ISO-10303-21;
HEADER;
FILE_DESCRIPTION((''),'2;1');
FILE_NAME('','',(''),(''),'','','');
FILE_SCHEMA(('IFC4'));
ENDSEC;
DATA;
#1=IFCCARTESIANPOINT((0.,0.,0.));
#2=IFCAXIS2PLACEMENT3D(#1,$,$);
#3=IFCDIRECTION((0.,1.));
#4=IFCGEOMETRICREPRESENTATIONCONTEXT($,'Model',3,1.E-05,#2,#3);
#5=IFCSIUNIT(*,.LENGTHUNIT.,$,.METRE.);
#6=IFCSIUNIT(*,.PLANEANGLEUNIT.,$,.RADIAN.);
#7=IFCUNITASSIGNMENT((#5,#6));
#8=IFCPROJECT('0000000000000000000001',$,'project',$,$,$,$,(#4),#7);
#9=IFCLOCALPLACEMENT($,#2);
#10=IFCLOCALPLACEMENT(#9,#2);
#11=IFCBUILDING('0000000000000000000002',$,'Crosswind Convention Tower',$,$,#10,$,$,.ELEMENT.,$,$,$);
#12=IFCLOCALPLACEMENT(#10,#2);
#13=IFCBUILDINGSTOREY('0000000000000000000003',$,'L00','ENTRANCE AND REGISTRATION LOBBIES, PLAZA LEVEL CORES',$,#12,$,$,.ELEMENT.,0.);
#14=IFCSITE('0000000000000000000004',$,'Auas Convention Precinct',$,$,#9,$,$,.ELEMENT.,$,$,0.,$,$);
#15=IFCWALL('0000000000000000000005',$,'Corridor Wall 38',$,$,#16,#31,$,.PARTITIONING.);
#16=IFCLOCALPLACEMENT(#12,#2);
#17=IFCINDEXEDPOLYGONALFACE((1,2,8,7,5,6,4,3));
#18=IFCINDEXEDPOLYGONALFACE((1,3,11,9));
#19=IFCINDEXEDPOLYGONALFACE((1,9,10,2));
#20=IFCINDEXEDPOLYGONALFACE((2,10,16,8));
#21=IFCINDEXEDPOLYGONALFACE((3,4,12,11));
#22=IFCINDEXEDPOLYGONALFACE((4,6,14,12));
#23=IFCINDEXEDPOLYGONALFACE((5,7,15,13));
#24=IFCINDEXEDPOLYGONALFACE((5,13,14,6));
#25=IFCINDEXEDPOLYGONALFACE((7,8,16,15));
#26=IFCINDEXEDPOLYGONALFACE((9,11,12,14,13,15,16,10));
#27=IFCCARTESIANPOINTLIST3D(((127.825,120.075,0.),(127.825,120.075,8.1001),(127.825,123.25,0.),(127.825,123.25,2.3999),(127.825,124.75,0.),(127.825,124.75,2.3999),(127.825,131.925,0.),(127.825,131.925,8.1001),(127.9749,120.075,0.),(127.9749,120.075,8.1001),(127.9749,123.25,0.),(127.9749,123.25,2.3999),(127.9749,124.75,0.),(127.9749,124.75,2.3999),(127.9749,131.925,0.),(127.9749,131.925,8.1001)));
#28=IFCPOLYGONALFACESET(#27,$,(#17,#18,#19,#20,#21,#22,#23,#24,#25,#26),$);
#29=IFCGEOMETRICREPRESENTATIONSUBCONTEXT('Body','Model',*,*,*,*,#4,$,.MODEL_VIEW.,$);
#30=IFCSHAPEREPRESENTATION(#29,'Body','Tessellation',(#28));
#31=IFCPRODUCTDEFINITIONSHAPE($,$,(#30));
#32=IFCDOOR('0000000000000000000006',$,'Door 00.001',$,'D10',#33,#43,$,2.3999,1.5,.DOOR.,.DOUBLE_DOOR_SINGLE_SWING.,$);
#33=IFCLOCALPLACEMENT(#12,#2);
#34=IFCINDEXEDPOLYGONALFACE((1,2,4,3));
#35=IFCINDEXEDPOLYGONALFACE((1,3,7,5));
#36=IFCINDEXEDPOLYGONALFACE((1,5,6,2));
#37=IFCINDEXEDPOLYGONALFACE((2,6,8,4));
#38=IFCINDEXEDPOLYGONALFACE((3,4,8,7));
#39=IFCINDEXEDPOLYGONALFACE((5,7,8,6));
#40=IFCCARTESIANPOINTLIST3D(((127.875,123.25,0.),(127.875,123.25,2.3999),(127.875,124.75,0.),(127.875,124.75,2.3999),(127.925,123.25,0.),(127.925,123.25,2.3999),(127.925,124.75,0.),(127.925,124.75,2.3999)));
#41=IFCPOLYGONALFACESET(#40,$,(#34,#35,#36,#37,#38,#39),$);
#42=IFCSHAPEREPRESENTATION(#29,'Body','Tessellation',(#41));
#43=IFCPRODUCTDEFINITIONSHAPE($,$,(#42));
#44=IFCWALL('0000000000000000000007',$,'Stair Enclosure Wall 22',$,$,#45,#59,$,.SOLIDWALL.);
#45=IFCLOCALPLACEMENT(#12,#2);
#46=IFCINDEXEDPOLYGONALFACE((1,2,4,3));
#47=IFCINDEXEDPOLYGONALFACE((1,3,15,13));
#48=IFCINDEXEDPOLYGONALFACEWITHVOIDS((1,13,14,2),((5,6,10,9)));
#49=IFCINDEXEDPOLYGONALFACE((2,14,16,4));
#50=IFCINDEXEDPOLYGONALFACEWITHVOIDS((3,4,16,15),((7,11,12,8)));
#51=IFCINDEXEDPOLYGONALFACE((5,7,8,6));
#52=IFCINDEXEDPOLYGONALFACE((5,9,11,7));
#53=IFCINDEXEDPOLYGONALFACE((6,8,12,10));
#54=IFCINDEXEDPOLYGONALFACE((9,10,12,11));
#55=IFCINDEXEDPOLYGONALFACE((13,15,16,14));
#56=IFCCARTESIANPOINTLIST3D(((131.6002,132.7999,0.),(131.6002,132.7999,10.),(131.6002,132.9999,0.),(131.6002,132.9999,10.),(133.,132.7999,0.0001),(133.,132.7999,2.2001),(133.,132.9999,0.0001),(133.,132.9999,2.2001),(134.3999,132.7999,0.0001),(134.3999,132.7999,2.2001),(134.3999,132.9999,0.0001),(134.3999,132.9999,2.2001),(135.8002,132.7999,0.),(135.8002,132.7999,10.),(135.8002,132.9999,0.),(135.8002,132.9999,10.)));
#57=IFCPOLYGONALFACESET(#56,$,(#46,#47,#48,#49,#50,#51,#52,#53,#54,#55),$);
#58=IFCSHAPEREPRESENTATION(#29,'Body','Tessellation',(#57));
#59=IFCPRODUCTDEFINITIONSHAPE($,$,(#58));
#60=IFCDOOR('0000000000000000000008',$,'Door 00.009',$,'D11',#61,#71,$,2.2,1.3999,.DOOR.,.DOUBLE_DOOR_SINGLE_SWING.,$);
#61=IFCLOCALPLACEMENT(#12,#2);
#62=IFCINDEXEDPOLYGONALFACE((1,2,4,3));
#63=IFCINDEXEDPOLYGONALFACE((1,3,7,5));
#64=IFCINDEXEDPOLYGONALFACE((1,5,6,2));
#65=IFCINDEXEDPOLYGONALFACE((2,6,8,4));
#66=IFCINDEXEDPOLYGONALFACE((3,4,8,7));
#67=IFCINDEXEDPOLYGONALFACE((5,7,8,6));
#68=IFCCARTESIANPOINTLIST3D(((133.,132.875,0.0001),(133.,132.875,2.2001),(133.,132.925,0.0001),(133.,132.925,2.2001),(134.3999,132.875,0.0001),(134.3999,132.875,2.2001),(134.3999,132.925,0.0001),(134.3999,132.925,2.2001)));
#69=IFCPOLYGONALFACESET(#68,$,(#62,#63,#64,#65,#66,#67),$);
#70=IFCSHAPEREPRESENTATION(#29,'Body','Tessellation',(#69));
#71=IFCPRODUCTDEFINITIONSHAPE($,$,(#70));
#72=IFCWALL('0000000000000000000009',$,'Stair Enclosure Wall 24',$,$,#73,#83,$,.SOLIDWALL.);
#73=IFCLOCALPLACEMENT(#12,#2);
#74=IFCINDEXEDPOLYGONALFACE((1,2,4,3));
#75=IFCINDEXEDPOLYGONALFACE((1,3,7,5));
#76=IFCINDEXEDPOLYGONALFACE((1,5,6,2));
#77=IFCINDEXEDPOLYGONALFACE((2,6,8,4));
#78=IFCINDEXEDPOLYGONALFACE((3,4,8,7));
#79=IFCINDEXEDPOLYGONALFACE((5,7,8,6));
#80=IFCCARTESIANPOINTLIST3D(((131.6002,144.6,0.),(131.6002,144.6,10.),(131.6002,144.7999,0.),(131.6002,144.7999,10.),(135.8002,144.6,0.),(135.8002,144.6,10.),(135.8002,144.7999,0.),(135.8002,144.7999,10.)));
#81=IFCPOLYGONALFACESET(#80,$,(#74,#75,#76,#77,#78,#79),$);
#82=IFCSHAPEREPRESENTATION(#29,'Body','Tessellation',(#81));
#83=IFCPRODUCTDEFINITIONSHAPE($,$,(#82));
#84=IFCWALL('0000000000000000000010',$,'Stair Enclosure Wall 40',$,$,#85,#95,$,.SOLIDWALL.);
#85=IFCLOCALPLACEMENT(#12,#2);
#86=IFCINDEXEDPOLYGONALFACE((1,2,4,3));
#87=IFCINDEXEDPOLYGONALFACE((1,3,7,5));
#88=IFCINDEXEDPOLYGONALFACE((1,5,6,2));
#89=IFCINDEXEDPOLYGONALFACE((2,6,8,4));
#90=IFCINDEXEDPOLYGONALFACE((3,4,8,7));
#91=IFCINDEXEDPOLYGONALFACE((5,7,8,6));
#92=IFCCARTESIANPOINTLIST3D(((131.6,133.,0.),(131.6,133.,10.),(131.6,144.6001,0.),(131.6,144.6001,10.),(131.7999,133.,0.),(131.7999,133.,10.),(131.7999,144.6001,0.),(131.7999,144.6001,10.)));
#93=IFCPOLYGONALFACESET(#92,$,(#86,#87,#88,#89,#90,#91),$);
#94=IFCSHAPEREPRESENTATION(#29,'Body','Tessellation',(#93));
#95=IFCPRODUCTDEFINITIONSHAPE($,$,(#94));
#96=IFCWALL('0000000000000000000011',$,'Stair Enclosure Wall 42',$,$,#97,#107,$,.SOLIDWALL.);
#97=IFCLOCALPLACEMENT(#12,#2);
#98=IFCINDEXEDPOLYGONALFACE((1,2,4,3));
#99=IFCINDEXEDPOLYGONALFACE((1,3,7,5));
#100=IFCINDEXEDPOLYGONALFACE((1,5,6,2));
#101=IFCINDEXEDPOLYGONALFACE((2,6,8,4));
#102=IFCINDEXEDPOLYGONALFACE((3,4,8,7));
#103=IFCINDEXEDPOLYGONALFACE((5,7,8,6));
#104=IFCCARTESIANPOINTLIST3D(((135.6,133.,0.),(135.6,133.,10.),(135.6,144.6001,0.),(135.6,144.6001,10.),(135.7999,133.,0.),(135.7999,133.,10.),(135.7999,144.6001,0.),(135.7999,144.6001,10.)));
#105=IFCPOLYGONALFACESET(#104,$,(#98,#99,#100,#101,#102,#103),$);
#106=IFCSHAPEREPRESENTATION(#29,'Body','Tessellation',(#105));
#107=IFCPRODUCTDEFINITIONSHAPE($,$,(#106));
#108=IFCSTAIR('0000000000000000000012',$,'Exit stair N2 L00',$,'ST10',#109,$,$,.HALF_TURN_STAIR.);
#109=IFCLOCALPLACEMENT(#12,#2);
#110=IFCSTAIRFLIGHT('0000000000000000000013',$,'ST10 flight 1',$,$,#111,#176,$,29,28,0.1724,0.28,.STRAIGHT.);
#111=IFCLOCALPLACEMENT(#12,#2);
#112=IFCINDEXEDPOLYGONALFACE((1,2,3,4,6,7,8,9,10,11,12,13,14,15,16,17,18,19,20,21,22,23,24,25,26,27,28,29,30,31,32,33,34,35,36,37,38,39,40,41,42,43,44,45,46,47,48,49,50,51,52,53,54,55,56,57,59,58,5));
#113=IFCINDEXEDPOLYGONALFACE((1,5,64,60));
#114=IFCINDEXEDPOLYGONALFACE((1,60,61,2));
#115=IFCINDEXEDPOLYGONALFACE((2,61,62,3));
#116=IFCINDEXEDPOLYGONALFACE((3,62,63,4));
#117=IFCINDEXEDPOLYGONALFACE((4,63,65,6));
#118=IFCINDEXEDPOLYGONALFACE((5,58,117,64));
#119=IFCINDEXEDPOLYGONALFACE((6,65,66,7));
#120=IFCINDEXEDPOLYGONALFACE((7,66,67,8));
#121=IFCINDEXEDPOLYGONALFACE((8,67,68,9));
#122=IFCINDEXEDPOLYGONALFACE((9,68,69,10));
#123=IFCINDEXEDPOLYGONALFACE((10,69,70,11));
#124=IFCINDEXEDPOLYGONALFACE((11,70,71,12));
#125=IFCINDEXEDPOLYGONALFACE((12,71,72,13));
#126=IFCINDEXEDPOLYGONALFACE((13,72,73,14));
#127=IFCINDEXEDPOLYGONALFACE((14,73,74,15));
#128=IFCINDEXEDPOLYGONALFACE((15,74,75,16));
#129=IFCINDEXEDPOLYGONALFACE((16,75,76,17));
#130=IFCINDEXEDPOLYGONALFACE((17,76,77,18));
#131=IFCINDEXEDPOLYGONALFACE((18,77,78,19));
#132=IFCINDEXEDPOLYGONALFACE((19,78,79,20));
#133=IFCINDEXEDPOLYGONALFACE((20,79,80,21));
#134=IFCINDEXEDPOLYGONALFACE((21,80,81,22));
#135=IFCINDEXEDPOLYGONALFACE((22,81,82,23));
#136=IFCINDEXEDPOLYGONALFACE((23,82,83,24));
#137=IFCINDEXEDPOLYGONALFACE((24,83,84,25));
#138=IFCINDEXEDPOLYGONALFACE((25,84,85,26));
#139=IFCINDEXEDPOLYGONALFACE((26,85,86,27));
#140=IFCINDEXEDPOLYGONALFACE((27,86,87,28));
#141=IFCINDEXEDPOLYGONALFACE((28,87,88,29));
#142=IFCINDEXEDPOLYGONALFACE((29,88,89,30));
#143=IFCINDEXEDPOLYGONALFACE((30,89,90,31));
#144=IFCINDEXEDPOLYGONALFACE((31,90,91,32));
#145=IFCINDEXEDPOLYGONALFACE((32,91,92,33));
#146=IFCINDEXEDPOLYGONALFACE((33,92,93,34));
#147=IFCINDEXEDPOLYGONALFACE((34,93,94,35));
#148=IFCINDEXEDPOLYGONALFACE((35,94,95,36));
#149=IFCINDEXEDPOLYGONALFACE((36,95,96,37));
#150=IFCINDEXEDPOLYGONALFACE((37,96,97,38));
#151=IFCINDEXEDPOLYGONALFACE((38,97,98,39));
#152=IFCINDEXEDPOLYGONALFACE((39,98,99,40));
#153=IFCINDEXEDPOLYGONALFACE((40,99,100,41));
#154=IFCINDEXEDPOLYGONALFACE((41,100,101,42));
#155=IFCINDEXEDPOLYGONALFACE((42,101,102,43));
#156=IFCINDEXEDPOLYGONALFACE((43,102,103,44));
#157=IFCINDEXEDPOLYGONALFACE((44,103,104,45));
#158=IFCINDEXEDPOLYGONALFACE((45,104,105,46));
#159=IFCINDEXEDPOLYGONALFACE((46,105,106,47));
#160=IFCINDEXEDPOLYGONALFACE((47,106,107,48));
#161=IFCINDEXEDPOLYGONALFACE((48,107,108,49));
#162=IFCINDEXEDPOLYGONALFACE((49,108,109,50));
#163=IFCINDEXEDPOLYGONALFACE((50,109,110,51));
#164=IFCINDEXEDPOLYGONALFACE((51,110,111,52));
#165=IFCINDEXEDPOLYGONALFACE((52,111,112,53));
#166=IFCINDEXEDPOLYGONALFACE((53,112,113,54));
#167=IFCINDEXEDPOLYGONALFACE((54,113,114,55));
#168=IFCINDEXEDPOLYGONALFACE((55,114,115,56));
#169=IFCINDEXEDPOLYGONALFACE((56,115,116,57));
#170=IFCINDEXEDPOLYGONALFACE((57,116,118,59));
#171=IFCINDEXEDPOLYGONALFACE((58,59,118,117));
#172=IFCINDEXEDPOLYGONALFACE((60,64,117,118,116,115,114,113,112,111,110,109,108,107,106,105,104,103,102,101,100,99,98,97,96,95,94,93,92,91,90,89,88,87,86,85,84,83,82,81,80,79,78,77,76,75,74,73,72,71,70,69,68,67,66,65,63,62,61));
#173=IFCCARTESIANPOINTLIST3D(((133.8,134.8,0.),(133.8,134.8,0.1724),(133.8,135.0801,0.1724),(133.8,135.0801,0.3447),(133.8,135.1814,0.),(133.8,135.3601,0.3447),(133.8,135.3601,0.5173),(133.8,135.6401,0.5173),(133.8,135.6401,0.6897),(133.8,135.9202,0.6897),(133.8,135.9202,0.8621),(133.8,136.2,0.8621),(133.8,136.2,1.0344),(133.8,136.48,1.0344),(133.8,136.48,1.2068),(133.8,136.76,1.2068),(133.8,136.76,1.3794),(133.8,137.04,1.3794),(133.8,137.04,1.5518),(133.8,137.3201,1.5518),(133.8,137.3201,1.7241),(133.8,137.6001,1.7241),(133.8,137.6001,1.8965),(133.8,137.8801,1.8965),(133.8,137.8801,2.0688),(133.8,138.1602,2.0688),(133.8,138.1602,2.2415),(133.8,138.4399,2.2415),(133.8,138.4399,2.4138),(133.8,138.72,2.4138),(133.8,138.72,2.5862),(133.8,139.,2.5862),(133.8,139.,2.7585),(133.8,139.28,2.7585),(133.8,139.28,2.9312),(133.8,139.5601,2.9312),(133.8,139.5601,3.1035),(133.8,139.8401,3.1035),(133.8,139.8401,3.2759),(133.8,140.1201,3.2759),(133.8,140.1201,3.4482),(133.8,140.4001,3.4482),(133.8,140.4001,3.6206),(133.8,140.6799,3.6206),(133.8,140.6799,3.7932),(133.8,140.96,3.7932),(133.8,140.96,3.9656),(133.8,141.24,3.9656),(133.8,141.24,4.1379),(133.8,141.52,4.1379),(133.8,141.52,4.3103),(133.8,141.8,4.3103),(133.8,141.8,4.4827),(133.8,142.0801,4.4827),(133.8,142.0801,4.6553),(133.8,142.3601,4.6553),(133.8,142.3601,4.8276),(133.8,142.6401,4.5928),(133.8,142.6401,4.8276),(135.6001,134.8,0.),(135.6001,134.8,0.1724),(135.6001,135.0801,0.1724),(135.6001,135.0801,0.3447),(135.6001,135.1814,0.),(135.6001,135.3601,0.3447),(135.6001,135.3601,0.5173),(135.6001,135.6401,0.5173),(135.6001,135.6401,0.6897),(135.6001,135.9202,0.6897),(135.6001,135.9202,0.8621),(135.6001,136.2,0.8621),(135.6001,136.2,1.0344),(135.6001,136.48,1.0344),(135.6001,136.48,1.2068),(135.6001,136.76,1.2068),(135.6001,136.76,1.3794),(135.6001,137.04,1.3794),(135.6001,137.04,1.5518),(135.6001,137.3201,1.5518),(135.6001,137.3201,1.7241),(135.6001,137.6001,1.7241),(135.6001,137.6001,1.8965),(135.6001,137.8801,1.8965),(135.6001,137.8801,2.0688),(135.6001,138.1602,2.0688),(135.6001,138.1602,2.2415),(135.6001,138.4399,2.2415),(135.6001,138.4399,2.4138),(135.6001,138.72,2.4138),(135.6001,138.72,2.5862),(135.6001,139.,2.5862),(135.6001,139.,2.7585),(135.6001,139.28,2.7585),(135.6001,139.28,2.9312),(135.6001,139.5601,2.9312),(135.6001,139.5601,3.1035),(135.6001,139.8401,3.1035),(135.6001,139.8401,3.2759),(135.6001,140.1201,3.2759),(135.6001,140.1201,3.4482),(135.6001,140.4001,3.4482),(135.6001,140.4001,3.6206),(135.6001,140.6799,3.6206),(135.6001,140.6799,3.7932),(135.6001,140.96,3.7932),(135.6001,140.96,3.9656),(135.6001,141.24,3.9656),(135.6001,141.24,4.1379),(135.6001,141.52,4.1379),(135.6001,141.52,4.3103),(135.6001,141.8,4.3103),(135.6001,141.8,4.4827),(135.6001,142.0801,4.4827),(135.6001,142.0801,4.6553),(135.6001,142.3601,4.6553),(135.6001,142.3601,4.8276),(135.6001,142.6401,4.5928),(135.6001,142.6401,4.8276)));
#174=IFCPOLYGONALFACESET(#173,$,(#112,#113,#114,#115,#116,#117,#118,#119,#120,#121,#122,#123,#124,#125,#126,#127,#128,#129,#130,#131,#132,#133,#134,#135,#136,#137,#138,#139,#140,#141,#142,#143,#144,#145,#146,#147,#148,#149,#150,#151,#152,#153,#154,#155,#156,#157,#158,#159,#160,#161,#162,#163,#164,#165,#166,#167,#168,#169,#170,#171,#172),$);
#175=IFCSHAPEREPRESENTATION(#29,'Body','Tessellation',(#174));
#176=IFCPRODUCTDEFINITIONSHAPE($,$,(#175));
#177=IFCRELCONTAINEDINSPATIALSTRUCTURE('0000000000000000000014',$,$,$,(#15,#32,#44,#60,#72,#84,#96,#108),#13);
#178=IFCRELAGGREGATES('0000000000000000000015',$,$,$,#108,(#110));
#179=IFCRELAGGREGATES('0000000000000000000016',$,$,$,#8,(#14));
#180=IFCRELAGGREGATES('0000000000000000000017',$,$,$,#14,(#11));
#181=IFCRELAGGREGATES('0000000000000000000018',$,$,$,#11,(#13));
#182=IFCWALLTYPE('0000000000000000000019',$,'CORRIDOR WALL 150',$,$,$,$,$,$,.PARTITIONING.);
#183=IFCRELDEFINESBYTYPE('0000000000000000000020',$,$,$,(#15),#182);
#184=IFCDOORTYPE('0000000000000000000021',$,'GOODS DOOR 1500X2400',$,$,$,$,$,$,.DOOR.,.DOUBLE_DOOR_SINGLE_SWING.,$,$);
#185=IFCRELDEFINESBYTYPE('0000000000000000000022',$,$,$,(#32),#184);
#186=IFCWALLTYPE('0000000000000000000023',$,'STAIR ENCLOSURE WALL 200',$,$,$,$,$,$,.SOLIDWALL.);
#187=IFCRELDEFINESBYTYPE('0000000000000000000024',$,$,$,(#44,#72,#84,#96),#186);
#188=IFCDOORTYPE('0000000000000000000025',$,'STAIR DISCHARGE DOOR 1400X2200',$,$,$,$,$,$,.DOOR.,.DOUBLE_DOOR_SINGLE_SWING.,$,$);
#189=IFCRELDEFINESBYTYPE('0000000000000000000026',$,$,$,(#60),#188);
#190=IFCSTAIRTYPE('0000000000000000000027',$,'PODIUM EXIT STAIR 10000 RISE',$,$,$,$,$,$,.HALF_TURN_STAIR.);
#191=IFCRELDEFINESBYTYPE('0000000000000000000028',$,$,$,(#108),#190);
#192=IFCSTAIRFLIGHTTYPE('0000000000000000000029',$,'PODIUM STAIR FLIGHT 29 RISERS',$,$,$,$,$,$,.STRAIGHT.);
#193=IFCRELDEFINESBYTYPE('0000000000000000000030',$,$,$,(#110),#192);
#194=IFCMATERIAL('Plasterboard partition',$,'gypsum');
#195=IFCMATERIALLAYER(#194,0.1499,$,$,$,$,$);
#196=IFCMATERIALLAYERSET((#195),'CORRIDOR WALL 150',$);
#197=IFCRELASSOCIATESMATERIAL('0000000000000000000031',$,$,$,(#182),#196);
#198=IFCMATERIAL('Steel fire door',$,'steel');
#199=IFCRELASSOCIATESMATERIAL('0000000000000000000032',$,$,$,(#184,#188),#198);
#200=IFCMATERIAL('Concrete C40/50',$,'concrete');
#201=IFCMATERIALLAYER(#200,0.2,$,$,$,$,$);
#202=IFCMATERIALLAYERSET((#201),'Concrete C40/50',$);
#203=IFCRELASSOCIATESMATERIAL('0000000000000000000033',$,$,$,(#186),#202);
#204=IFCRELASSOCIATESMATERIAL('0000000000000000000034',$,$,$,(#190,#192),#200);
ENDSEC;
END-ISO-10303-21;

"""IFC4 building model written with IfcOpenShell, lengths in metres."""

from ifc_helpers import new_model, si_unit, direction, frame, frame_2d, origin, place, context, subcontext, project, spatial, polyline, rectangle, outline, extrude, material, layer, layer_set, type_object, element, fill, aggregate, save


model = new_model("IFC4")

# Units and contexts
model_context = context("Model", 3, precision=1e-05, world=origin(), true_north=direction((0.0, 1.0)))
body_context = subcontext(model_context, "Body", "Model", "MODEL_VIEW")
ifc_project = project(units=[si_unit("LENGTHUNIT", "METRE"), si_unit("PLANEANGLEUNIT", "RADIAN")], contexts=[model_context])

# Site, building, storey
site_placement = place(None, origin())
site = spatial("IfcSite", under=ifc_project, at=site_placement, Name="Auas Convention Precinct", CompositionType="ELEMENT", RefElevation=0.0)
building_placement = place(site_placement, origin())
building = spatial("IfcBuilding", under=site, at=building_placement, Name="Crosswind Convention Tower", CompositionType="ELEMENT")
storey_placement = place(building_placement, origin())
storey = spatial("IfcBuildingStorey", under=building, at=storey_placement, Name="L00", Description="ENTRANCE AND REGISTRATION LOBBIES, PLAZA LEVEL CORES", CompositionType="ELEMENT", Elevation=0.0)

# Shared definitions
ifc_material_1 = material(Name="Concrete C40/50", Category="concrete")

# Shared definitions
ifc_material_2 = material(Name="Plasterboard partition", Category="gypsum")
ifc_layer_1 = layer(ifc_material_2, 0.1499)
ifc_layer_set_1 = layer_set([ifc_layer_1], Name="CORRIDOR WALL 150")
wall_type_1 = type_object("IfcWallType", Name="CORRIDOR WALL 150", PredefinedType="PARTITIONING", material=ifc_layer_set_1)

# Walls, openings, doors
wall_1_placement = place(storey_placement, frame((127.8999, 120.075, 0.0), z_axis=(0.0, 0.0, 1.0), x_axis=(0.0, 1.0, 0.0)))
wall_1 = element("IfcWall", 1, at=wall_1_placement, inside=storey, type_object=wall_type_1, Name="Corridor Wall 38", PredefinedType="PARTITIONING", context=body_context, shape_type="SweptSolid", body=[
    extrude(rectangle(XDim=11.8501, YDim=0.1499, at=frame_2d((5.925, 0.0))), origin(), (0.0, 0.0, 1.0), 8.1001),
])
opening_1_placement = place(wall_1_placement, frame((3.175, 0.0, 0.0)))
opening_1 = element("IfcOpeningElement", 2, at=opening_1_placement, cuts=wall_1, PredefinedType="OPENING", context=body_context, shape_type="SweptSolid", body=[
    extrude(rectangle(XDim=1.5, YDim=2.3999, at=frame_2d((0.75, 1.2))), frame((0.0, 0.085, 0.0), z_axis=(0.0, -1.0, 0.0), x_axis=(1.0, 0.0, 0.0)), (0.0, 0.0, 1.0), 0.1699),
])
ifc_material_3 = material(Name="Steel fire door", Category="steel")
door_type_1 = type_object("IfcDoorType", Name="GOODS DOOR 1500X2400", OperationType="DOUBLE_DOOR_SINGLE_SWING", PredefinedType="DOOR", material=ifc_material_3)
door_1_placement = place(opening_1_placement, origin())
door_1 = element("IfcDoor", 3, at=door_1_placement, inside=storey, type_object=door_type_1, Name="Door 00.001", ObjectType="D10", OperationType="DOUBLE_DOOR_SINGLE_SWING", OverallHeight=2.3999, OverallWidth=1.5, PredefinedType="DOOR", context=body_context, shape_type="SweptSolid", body=[
    extrude(rectangle(XDim=1.5, YDim=2.3999, at=frame_2d((0.75, 1.2))), frame((0.0, 0.0249, 0.0), z_axis=(0.0, -1.0, 0.0), x_axis=(1.0, 0.0, 0.0)), (0.0, 0.0, 1.0), 0.05),
])
fill(opening_1, door_1)
ifc_layer_2 = layer(ifc_material_1, 0.2)
ifc_layer_set_2 = layer_set([ifc_layer_2], Name="Concrete C40/50")
wall_type_2 = type_object("IfcWallType", Name="STAIR ENCLOSURE WALL 200", PredefinedType="SOLIDWALL", material=ifc_layer_set_2)
wall_2_placement = place(storey_placement, frame((131.6001, 132.8999, 0.0), z_axis=(0.0, 0.0, 1.0), x_axis=(1.0, 0.0, 0.0)))
wall_2 = element("IfcWall", 4, at=wall_2_placement, inside=storey, type_object=wall_type_2, Name="Stair Enclosure Wall 22", PredefinedType="SOLIDWALL", context=body_context, shape_type="SweptSolid", body=[
    extrude(rectangle(XDim=4.2, YDim=0.2, at=frame_2d((2.1001, 0.0))), origin(), (0.0, 0.0, 1.0), 10.0),
])
opening_2_placement = place(wall_2_placement, frame((1.3999, 0.0, 0.0)))
opening_2 = element("IfcOpeningElement", 5, at=opening_2_placement, cuts=wall_2, PredefinedType="OPENING", context=body_context, shape_type="SweptSolid", body=[
    extrude(rectangle(XDim=1.3999, YDim=2.2, at=frame_2d((0.7, 1.1001))), frame((0.0, 0.1099, 0.0), z_axis=(0.0, -1.0, 0.0), x_axis=(1.0, 0.0, 0.0)), (0.0, 0.0, 1.0), 0.22),
])
door_type_2 = type_object("IfcDoorType", Name="STAIR DISCHARGE DOOR 1400X2200", OperationType="DOUBLE_DOOR_SINGLE_SWING", PredefinedType="DOOR", material=ifc_material_3)
door_2_placement = place(opening_2_placement, frame((1.3999, 0.0, 0.0), z_axis=(0.0, 0.0, 1.0), x_axis=(-1.0, 0.0, 0.0)))
door_2 = element("IfcDoor", 6, at=door_2_placement, inside=storey, type_object=door_type_2, Name="Door 00.009", ObjectType="D11", OperationType="DOUBLE_DOOR_SINGLE_SWING", OverallHeight=2.2, OverallWidth=1.3999, PredefinedType="DOOR", context=body_context, shape_type="SweptSolid", body=[
    extrude(rectangle(XDim=1.3999, YDim=2.2, at=frame_2d((0.7, 1.1001))), frame((0.0, 0.0249, 0.0), z_axis=(0.0, -1.0, 0.0), x_axis=(1.0, 0.0, 0.0)), (0.0, 0.0, 1.0), 0.05),
])
fill(opening_2, door_2)

# Walls
wall_3_placement = place(storey_placement, frame((131.6001, 144.7, 0.0), z_axis=(0.0, 0.0, 1.0), x_axis=(1.0, 0.0, 0.0)))
element("IfcWall", 7, at=wall_3_placement, inside=storey, type_object=wall_type_2, Name="Stair Enclosure Wall 24", PredefinedType="SOLIDWALL", context=body_context, shape_type="SweptSolid", body=[
    extrude(rectangle(XDim=4.2, YDim=0.2, at=frame_2d((2.1001, 0.0))), origin(), (0.0, 0.0, 1.0), 10.0),
])
for number, where, z_axis, x_axis, name in (
    (8, (131.7, 133.0, 0.0), (0.0, 0.0, 1.0), (0.0, 1.0, 0.0), "Stair Enclosure Wall 40"),
    (9, (135.7, 133.0, 0.0), (0.0, 0.0, 1.0), (0.0, 1.0, 0.0), "Stair Enclosure Wall 42"),
):
    element("IfcWall", number, at=place(storey_placement, frame(where, z_axis=z_axis, x_axis=x_axis)), inside=storey, type_object=wall_type_2, Name=name, PredefinedType="SOLIDWALL", context=body_context, shape_type="SweptSolid", body=[
        extrude(rectangle(XDim=11.6001, YDim=0.2, at=frame_2d((5.8, 0.0))), origin(), (0.0, 0.0, 1.0), 10.0),
    ])

# Stair, stair flight
stair_type = type_object("IfcStairType", Name="PODIUM EXIT STAIR 10000 RISE", PredefinedType="HALF_TURN_STAIR", material=ifc_material_1)
stair_placement = place(storey_placement, origin())
stair = element("IfcStair", 10, at=stair_placement, inside=storey, type_object=stair_type, Name="Exit stair N2 L00", ObjectType="ST10", PredefinedType="HALF_TURN_STAIR")
stair_flight_type = type_object("IfcStairFlightType", Name="PODIUM STAIR FLIGHT 29 RISERS", PredefinedType="STRAIGHT", material=ifc_material_1)
stair_flight_1_placement = place(storey_placement, frame((134.7, 134.8, 0.0), z_axis=(0.0, 0.0, 1.0), x_axis=(0.0, 1.0, 0.0)))
stair_flight_1 = element("IfcStairFlight", 11, at=stair_flight_1_placement, type_object=stair_flight_type, Name="ST10 flight 1", NumberOfRisers=29, NumberOfTreads=28, PredefinedType="STRAIGHT", RiserHeight=0.1724, TreadLength=0.28, context=body_context, shape_type="SweptSolid", body=[
    extrude(outline(polyline([(0.0, 0.0), (0.0, 0.1724), (0.28, 0.1724), (0.28, 0.3447), (0.5601, 0.3447), (0.5601, 0.5173), (0.8401, 0.5173), (0.8401, 0.6897), (1.1201, 0.6897), (1.1201, 0.8621), (1.3999, 0.8621), (1.3999, 1.0344), (1.6799, 1.0344), (1.6799, 1.2068), (1.96, 1.2068), (1.96, 1.3794), (2.24, 1.3794), (2.24, 1.5518), (2.52, 1.5518), (2.52, 1.7241), (2.8, 1.7241), (2.8, 1.8965), (3.0801, 1.8965), (3.0801, 2.0688), (3.3601, 2.0688), (3.3601, 2.2415), (3.6399, 2.2415), (3.6399, 2.4138), (3.9199, 2.4138), (3.9199, 2.5862), (4.2, 2.5862), (4.2, 2.7585), (4.48, 2.7585), (4.48, 2.9312), (4.76, 2.9312), (4.76, 3.1035), (5.04, 3.1035), (5.04, 3.2759), (5.3201, 3.2759), (5.3201, 3.4482), (5.6001, 3.4482), (5.6001, 3.6206), (5.8799, 3.6206), (5.8799, 3.7932), (6.1599, 3.7932), (6.1599, 3.9656), (6.4399, 3.9656), (6.4399, 4.1379), (6.72, 4.1379), (6.72, 4.3103), (7.0, 4.3103), (7.0, 4.4827), (7.28, 4.4827), (7.28, 4.6553), (7.5601, 4.6553), (7.5601, 4.8276), (7.8401, 4.8276), (7.8401, 5.0), (7.8401, 4.5928), (0.3813, 0.0), (0.0, 0.0)])), frame((0.0, 0.8999, 0.0), z_axis=(0.0, -1.0, 0.0), x_axis=(1.0, 0.0, 0.0)), (0.0, 0.0, 1.0), 1.8),
])
aggregate(stair, [stair_flight_1])

save(model, "model.ifc")
